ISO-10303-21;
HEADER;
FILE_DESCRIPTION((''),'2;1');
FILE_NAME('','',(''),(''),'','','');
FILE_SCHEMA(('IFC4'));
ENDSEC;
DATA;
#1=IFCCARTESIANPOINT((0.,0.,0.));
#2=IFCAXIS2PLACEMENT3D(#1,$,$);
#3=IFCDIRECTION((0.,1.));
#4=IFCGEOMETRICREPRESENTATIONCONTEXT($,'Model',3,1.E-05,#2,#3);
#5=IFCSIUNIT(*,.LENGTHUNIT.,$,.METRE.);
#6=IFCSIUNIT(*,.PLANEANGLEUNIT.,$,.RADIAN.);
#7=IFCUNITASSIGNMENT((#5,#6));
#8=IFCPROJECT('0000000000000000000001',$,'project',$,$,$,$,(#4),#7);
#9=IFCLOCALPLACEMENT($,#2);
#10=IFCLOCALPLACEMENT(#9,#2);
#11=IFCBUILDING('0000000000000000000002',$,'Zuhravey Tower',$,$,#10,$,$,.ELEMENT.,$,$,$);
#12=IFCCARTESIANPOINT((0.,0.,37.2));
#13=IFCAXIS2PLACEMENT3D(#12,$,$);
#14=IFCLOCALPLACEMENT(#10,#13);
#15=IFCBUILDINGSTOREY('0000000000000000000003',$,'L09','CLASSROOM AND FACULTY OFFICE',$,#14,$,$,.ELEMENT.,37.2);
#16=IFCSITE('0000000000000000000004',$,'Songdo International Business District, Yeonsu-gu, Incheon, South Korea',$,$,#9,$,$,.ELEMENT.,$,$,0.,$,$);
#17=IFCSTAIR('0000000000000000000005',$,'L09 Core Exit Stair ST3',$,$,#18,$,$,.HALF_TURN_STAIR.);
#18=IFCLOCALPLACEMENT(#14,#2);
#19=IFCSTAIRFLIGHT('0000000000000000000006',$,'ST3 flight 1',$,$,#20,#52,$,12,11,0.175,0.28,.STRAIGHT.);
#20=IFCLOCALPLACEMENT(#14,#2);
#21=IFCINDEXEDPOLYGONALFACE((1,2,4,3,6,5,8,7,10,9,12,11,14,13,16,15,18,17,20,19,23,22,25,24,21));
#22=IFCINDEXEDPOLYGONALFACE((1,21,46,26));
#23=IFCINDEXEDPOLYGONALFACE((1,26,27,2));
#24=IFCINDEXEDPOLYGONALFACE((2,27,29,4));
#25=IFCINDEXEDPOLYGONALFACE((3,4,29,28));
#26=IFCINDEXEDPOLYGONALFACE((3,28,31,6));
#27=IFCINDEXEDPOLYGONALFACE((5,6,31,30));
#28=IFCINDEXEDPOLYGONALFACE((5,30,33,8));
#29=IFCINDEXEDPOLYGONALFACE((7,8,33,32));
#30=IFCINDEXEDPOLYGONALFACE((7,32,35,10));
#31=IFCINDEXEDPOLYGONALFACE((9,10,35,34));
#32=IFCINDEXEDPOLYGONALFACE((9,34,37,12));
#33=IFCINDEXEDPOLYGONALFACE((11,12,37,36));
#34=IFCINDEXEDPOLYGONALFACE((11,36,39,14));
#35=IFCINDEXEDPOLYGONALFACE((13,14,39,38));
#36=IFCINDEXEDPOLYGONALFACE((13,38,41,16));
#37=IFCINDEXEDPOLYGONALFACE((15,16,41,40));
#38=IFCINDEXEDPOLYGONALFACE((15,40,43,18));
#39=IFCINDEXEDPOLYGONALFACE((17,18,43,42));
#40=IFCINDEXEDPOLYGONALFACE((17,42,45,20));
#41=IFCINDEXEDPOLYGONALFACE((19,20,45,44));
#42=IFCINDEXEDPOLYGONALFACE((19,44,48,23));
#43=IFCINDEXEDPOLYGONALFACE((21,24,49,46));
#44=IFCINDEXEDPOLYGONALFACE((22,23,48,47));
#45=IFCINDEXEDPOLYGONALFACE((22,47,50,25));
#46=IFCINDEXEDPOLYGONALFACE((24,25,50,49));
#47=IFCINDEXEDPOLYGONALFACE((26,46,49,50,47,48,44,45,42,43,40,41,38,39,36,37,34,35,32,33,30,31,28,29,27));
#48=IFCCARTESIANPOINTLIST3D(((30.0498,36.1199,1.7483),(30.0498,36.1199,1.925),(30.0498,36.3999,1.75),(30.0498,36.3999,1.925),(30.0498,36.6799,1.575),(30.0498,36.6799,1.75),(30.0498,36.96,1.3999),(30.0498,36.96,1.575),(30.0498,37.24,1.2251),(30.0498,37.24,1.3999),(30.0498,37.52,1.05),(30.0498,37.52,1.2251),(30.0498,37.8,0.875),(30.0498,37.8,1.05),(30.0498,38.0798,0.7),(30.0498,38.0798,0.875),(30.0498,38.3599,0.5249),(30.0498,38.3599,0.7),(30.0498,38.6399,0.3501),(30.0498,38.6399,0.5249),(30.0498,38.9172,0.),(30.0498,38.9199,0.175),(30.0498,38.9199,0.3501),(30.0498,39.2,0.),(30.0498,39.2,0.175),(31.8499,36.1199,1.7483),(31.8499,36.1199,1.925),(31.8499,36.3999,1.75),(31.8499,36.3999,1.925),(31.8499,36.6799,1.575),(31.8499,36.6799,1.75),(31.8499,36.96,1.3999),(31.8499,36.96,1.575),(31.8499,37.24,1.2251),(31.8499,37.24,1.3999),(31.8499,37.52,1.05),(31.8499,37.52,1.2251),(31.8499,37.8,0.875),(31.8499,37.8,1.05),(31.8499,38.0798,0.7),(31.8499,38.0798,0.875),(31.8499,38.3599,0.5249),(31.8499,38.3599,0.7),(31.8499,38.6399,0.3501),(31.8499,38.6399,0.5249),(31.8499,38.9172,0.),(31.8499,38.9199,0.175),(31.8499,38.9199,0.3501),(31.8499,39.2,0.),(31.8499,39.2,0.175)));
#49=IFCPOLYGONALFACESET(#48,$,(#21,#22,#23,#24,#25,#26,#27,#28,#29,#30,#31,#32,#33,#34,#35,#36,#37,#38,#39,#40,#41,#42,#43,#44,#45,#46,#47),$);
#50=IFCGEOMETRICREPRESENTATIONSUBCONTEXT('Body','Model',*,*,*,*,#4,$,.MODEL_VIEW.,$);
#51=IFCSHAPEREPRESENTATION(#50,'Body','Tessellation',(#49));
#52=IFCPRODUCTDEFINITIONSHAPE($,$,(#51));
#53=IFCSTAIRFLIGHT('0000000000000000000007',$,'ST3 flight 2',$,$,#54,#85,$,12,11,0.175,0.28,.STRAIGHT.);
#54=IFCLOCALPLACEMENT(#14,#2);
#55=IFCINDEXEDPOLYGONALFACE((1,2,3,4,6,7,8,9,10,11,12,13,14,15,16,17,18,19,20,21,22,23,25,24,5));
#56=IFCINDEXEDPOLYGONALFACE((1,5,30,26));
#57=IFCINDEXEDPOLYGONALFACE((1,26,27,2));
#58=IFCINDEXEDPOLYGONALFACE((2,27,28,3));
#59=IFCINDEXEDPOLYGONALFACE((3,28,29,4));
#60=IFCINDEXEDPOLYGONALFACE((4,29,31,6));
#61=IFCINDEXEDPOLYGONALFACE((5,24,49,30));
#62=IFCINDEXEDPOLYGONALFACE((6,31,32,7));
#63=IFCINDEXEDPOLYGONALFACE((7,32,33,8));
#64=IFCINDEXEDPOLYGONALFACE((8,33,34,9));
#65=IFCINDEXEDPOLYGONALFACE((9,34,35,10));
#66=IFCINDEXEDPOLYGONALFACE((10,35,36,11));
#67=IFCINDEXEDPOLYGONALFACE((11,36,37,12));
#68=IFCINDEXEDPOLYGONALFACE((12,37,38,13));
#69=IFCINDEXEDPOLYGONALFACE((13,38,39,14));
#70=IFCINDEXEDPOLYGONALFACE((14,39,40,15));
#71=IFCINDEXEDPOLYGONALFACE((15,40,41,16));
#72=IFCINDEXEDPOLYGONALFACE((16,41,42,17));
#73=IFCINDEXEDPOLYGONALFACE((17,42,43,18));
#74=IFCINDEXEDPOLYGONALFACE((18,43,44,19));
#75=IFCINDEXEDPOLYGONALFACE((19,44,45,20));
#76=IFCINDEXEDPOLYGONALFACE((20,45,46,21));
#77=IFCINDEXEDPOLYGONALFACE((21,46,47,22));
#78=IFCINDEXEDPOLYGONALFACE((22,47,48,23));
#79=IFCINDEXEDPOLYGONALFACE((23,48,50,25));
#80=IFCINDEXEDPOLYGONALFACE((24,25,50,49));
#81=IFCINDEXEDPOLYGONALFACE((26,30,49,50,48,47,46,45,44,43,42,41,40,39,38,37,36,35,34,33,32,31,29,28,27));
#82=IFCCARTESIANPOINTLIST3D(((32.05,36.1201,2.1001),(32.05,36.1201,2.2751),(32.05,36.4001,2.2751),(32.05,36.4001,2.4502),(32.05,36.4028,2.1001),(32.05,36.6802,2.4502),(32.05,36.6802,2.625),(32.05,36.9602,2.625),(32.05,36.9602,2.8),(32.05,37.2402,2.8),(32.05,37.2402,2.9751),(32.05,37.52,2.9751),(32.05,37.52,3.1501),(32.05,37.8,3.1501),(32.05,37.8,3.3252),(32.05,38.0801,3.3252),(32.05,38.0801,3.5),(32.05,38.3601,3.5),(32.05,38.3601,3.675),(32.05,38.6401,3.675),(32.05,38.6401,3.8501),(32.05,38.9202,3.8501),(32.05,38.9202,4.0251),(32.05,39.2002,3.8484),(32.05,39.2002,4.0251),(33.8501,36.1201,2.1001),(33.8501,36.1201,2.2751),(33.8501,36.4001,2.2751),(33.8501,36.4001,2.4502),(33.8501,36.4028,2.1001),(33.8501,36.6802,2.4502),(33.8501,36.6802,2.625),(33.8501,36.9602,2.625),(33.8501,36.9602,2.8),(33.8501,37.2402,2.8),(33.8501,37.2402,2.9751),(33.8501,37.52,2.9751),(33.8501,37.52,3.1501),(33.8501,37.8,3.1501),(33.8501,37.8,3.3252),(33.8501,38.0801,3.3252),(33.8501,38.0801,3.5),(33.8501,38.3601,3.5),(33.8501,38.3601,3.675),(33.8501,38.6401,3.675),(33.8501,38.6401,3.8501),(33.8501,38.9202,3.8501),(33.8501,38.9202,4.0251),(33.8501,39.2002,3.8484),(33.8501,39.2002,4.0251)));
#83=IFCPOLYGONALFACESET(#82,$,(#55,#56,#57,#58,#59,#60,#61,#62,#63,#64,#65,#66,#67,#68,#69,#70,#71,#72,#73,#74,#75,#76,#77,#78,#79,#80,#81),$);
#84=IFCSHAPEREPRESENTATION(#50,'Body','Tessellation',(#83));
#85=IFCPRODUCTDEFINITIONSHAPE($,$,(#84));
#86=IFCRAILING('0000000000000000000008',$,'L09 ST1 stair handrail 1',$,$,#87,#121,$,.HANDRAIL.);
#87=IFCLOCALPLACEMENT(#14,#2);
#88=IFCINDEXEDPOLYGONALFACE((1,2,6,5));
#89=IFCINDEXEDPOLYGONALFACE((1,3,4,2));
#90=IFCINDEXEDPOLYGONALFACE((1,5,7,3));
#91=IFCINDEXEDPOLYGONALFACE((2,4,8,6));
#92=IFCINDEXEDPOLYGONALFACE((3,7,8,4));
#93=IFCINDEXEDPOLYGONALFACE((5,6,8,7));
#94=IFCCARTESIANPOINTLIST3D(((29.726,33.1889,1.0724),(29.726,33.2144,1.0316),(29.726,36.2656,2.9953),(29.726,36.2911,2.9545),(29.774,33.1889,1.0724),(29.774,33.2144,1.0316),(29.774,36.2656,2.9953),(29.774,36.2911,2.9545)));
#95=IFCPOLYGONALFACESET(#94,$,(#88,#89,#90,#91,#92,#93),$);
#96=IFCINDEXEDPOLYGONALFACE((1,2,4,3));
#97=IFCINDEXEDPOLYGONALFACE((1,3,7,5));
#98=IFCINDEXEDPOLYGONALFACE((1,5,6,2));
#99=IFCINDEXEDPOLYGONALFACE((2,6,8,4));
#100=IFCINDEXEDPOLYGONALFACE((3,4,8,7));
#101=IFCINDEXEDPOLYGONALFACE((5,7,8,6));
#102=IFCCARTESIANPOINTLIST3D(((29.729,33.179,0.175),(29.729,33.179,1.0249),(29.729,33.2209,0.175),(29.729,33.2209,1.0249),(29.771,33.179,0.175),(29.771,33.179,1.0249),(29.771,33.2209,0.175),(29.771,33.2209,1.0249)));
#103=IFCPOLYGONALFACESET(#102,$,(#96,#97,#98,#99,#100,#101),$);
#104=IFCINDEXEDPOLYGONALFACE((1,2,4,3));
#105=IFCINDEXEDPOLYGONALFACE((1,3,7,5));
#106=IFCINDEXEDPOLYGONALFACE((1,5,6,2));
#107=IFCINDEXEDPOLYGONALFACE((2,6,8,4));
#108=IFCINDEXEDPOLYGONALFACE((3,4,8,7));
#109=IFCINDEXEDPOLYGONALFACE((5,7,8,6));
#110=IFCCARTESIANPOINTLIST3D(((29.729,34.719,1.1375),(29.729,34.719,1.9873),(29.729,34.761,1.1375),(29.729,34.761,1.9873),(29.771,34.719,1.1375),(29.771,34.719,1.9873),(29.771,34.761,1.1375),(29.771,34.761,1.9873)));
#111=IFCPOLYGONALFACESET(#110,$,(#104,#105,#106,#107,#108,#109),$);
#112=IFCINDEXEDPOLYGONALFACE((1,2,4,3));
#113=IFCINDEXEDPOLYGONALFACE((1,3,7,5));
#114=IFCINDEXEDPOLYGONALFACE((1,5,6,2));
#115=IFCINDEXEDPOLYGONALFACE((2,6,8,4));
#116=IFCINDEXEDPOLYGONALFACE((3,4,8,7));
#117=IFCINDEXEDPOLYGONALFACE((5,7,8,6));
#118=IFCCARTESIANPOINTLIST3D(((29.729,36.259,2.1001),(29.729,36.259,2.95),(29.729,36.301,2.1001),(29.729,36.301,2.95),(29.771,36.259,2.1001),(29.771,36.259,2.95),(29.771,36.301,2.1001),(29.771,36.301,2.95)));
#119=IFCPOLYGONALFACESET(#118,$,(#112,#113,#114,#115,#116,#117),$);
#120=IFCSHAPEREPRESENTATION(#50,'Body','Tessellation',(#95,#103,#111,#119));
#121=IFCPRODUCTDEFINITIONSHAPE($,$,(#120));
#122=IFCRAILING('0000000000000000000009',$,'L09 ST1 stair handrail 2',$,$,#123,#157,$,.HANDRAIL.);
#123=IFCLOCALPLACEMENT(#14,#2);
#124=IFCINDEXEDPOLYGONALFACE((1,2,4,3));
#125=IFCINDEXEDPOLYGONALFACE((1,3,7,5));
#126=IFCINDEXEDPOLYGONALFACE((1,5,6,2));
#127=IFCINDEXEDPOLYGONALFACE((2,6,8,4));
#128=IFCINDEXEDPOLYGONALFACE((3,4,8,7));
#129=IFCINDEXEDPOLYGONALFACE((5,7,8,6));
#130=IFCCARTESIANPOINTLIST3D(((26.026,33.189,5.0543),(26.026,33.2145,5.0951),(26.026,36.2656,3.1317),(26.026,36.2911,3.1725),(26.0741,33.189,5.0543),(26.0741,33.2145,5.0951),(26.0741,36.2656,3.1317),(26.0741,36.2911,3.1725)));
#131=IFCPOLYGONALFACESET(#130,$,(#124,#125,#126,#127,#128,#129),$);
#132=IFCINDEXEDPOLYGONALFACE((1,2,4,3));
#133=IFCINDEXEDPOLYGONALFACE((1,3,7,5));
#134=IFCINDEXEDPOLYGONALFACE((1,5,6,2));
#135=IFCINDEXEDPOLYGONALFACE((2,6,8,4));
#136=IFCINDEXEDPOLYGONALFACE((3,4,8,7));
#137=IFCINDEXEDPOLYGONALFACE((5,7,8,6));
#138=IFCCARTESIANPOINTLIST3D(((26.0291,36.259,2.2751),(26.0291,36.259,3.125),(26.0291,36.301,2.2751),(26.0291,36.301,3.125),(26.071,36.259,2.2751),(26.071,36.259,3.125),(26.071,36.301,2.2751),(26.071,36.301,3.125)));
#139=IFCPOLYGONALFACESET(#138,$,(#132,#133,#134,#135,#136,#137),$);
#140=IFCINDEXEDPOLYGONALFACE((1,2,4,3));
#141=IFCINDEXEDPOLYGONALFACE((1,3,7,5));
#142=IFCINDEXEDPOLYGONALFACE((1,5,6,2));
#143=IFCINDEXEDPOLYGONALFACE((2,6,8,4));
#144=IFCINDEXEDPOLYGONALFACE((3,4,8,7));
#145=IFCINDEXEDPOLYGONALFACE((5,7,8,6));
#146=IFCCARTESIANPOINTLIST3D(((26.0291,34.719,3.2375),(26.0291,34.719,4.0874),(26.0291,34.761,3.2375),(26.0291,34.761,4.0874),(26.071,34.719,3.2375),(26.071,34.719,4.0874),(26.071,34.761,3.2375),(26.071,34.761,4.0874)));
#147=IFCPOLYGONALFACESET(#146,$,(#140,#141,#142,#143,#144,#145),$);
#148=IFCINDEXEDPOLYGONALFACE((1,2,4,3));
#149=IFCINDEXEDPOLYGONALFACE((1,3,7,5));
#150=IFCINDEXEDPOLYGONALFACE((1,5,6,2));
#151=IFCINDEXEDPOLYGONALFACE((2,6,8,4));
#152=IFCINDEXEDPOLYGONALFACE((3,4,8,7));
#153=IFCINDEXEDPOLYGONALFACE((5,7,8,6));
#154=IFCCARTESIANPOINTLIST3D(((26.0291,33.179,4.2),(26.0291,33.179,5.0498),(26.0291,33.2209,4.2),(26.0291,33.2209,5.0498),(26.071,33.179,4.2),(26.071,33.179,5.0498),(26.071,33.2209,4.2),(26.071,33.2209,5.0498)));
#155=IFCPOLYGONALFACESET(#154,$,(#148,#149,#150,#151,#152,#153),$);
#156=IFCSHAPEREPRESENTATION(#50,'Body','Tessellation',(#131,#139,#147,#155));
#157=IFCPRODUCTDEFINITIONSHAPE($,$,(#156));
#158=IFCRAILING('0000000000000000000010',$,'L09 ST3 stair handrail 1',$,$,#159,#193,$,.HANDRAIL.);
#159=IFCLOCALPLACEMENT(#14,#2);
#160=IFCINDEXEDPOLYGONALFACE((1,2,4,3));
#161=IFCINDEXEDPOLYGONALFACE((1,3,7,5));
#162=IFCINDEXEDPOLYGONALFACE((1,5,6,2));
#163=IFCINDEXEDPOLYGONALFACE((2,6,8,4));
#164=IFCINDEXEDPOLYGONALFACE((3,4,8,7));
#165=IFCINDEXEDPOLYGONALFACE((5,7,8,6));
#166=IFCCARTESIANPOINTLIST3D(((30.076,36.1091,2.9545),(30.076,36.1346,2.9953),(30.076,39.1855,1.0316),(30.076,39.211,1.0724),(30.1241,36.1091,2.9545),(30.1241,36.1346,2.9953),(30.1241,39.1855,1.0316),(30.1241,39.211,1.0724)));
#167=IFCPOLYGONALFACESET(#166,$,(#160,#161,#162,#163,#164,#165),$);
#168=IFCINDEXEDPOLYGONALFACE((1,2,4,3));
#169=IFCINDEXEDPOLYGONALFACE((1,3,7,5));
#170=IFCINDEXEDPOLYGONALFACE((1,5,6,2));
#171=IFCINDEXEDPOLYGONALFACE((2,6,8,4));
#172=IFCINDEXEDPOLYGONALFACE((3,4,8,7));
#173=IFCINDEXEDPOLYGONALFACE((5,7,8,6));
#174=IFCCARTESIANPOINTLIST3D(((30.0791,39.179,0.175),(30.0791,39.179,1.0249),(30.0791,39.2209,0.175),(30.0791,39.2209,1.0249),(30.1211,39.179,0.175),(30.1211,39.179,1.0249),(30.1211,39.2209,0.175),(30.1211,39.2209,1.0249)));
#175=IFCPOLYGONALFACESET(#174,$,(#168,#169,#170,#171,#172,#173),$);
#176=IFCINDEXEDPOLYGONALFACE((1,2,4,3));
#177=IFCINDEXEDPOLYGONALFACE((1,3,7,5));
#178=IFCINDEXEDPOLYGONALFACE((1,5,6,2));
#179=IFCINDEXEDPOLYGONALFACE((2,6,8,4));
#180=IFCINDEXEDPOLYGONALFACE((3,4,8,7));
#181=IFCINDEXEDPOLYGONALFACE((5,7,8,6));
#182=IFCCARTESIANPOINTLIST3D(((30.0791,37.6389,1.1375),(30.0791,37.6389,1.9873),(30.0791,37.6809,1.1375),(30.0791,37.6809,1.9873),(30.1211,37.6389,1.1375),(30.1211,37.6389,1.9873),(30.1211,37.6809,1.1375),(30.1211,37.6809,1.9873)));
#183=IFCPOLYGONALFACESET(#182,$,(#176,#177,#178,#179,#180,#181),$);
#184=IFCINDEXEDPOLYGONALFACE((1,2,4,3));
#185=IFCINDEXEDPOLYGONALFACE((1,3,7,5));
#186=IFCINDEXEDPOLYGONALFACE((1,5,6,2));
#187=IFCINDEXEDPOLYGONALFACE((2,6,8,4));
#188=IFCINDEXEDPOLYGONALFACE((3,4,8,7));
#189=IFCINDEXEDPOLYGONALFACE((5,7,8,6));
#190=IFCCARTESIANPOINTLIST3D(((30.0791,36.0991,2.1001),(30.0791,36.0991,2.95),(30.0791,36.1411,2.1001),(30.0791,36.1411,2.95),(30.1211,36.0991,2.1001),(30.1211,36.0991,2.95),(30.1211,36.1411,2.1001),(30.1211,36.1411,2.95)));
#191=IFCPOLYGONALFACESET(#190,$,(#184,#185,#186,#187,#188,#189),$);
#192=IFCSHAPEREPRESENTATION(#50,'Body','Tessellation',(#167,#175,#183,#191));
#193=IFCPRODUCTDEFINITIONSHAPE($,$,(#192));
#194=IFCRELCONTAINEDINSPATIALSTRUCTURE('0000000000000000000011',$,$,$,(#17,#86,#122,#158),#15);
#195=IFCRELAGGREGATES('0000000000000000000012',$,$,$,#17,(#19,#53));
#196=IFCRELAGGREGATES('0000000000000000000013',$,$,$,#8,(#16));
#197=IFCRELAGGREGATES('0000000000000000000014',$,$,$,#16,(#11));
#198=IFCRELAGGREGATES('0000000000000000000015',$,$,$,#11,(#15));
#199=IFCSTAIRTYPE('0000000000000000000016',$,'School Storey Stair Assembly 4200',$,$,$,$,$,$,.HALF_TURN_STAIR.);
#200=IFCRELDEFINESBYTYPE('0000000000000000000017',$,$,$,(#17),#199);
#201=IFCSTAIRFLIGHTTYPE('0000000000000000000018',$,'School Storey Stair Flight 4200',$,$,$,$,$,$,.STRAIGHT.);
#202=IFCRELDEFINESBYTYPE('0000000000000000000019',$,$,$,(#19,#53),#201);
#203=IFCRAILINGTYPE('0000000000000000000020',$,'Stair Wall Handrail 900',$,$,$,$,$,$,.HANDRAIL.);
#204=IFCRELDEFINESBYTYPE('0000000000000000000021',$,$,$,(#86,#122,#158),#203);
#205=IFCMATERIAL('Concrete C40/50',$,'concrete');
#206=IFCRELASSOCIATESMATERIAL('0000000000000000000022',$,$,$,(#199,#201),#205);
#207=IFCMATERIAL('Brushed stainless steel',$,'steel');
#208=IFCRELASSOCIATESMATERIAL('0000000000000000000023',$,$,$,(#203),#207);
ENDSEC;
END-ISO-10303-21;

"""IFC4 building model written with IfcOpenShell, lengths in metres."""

from ifc_helpers import new_model, si_unit, direction, frame, origin, origin_2d, place, context, subcontext, project, spatial, polyline, rectangle, outline, extrude, material, type_object, element, aggregate, save


model = new_model("IFC4")

# Units and contexts
model_context = context("Model", 3, precision=1e-05, world=origin(), true_north=direction((0.0, 1.0)))
body_context = subcontext(model_context, "Body", "Model", "MODEL_VIEW")
ifc_project = project(units=[si_unit("LENGTHUNIT", "METRE"), si_unit("PLANEANGLEUNIT", "RADIAN")], contexts=[model_context])

# Site, building, storey
site_placement = place(None, origin())
site = spatial("IfcSite", under=ifc_project, at=site_placement, Name="Songdo International Business District, Yeonsu-gu, Incheon, South Korea", CompositionType="ELEMENT", RefElevation=0.0)
building_placement = place(site_placement, origin())
building = spatial("IfcBuilding", under=site, at=building_placement, Name="Zuhravey Tower", CompositionType="ELEMENT")
storey_placement = place(building_placement, frame((0.0, 0.0, 37.2)))
storey = spatial("IfcBuildingStorey", under=building, at=storey_placement, Name="L09", Description="CLASSROOM AND FACULTY OFFICE", CompositionType="ELEMENT", Elevation=37.2)

# Stair, stair flights
ifc_material_1 = material(Name="Concrete C40/50", Category="concrete")
stair_type = type_object("IfcStairType", Name="School Storey Stair Assembly 4200", PredefinedType="HALF_TURN_STAIR", material=ifc_material_1)
stair_flight_type = type_object("IfcStairFlightType", Name="School Storey Stair Flight 4200", PredefinedType="STRAIGHT", material=ifc_material_1)
stair_1_placement = place(storey_placement, origin())
stair_1 = element("IfcStair", 1, at=stair_1_placement, inside=storey, type_object=stair_type, Name="L09 Core Exit Stair ST3", PredefinedType="HALF_TURN_STAIR")
stair_flight_1_placement = place(storey_placement, frame((30.95, 39.2, 0.0), z_axis=(0.0, 0.0, 1.0), x_axis=(0.0, -1.0, 0.0)))
stair_flight_1 = element("IfcStairFlight", 2, at=stair_flight_1_placement, type_object=stair_flight_type, Name="ST3 flight 1", NumberOfRisers=12, NumberOfTreads=11, PredefinedType="STRAIGHT", RiserHeight=0.175, TreadLength=0.28, context=body_context, shape_type="SweptSolid", body=[
    extrude(outline(polyline([(0.0, 0.0), (0.0, 0.175), (0.28, 0.175), (0.28, 0.3501), (0.5601, 0.3501), (0.5601, 0.5249), (0.8401, 0.5249), (0.8401, 0.7), (1.1201, 0.7), (1.1201, 0.875), (1.3999, 0.875), (1.3999, 1.05), (1.6799, 1.05), (1.6799, 1.2251), (1.96, 1.2251), (1.96, 1.3999), (2.24, 1.3999), (2.24, 1.575), (2.52, 1.575), (2.52, 1.75), (2.8, 1.75), (2.8, 1.925), (3.0801, 1.925), (3.0801, 2.1001), (3.0801, 1.7483), (0.2827, 0.0), (0.0, 0.0)])), frame((0.0, 0.8999, 0.0), z_axis=(0.0, -1.0, 0.0), x_axis=(1.0, 0.0, 0.0)), (0.0, 0.0, 1.0), 1.8),
])
stair_flight_2_placement = place(storey_placement, frame((32.95, 36.1201, 2.1001), z_axis=(0.0, 0.0, 1.0), x_axis=(0.0, 1.0, 0.0)))
stair_flight_2 = element("IfcStairFlight", 3, at=stair_flight_2_placement, type_object=stair_flight_type, Name="ST3 flight 2", NumberOfRisers=12, NumberOfTreads=11, PredefinedType="STRAIGHT", RiserHeight=0.175, TreadLength=0.28, context=body_context, shape_type="SweptSolid", body=[
    extrude(outline(polyline([(0.0, 0.0), (0.0, 0.175), (0.28, 0.175), (0.28, 0.3501), (0.5601, 0.3501), (0.5601, 0.5249), (0.8401, 0.5249), (0.8401, 0.7), (1.1201, 0.7), (1.1201, 0.875), (1.3999, 0.875), (1.3999, 1.05), (1.6799, 1.05), (1.6799, 1.2251), (1.96, 1.2251), (1.96, 1.3999), (2.24, 1.3999), (2.24, 1.575), (2.52, 1.575), (2.52, 1.75), (2.8, 1.75), (2.8, 1.925), (3.0801, 1.925), (3.0801, 2.1001), (3.0801, 1.7483), (0.2827, 0.0), (0.0, 0.0)])), frame((0.0, 0.8999, 0.0), z_axis=(0.0, -1.0, 0.0), x_axis=(1.0, 0.0, 0.0)), (0.0, 0.0, 1.0), 1.8),
])
aggregate(stair_1, [stair_flight_1, stair_flight_2])

# Railings
ifc_material_2 = material(Name="Brushed stainless steel", Category="steel")
railing_type_1 = type_object("IfcRailingType", Name="Stair Wall Handrail 900", PredefinedType="HANDRAIL", material=ifc_material_2)
railing_1_placement = place(storey_placement, frame((29.75, 33.2, 0.175)))
element("IfcRailing", 4, at=railing_1_placement, inside=storey, type_object=railing_type_1, Name="L09 ST1 stair handrail 1", PredefinedType="HANDRAIL", context=body_context, shape_type="SweptSolid", body=[
    extrude(rectangle(XDim=0.0481, YDim=0.0481, at=origin_2d()), frame((0.0, 0.0017, 0.877), z_axis=(0.0, 0.847998, 0.529999), x_axis=(-1.0, 0.0, 0.0)), (0.0, 0.0, 1.0), 3.6282),
    extrude(rectangle(XDim=0.042, YDim=0.042, at=origin_2d()), origin(), (0.0, 0.0, 1.0), 0.8499),
    extrude(rectangle(XDim=0.042, YDim=0.042, at=origin_2d()), frame((0.0, 1.54, 0.9624)), (0.0, 0.0, 1.0), 0.8499),
    extrude(rectangle(XDim=0.042, YDim=0.042, at=origin_2d()), frame((0.0, 3.0801, 1.925)), (0.0, 0.0, 1.0), 0.8499),
])
railing_2_placement = place(storey_placement, frame((26.05, 36.28, 2.2751)))
element("IfcRailing", 5, at=railing_2_placement, inside=storey, type_object=railing_type_1, Name="L09 ST1 stair handrail 2", PredefinedType="HANDRAIL", context=body_context, shape_type="SweptSolid", body=[
    extrude(rectangle(XDim=0.0481, YDim=0.0481, at=origin_2d()), frame((0.0, -0.0017, 0.877), z_axis=(0.0, -0.848029, 0.529951), x_axis=(1.0, 0.0, 0.0)), (0.0, 0.0, 1.0), 3.6279),
    extrude(rectangle(XDim=0.042, YDim=0.042, at=origin_2d()), origin(), (0.0, 0.0, 1.0), 0.8499),
    extrude(rectangle(XDim=0.042, YDim=0.042, at=origin_2d()), frame((0.0, -1.54, 0.9624)), (0.0, 0.0, 1.0), 0.8499),
    extrude(rectangle(XDim=0.042, YDim=0.042, at=origin_2d()), frame((0.0, -3.0801, 1.9248)), (0.0, 0.0, 1.0), 0.8499),
])
railing_3_placement = place(storey_placement, frame((30.1001, 39.2, 0.175)))
element("IfcRailing", 6, at=railing_3_placement, inside=storey, type_object=railing_type_1, Name="L09 ST3 stair handrail 1", PredefinedType="HANDRAIL", context=body_context, shape_type="SweptSolid", body=[
    extrude(rectangle(XDim=0.0481, YDim=0.0481, at=origin_2d()), frame((0.0, -0.0017, 0.877), z_axis=(0.0, -0.847979, 0.530029), x_axis=(1.0, 0.0, 0.0)), (0.0, 0.0, 1.0), 3.6279),
    extrude(rectangle(XDim=0.042, YDim=0.042, at=origin_2d()), origin(), (0.0, 0.0, 1.0), 0.8499),
    extrude(rectangle(XDim=0.042, YDim=0.042, at=origin_2d()), frame((0.0, -1.54, 0.9624)), (0.0, 0.0, 1.0), 0.8499),
    extrude(rectangle(XDim=0.042, YDim=0.042, at=origin_2d()), frame((0.0, -3.0798, 1.925)), (0.0, 0.0, 1.0), 0.8499),
])

save(model, "model.ifc")
